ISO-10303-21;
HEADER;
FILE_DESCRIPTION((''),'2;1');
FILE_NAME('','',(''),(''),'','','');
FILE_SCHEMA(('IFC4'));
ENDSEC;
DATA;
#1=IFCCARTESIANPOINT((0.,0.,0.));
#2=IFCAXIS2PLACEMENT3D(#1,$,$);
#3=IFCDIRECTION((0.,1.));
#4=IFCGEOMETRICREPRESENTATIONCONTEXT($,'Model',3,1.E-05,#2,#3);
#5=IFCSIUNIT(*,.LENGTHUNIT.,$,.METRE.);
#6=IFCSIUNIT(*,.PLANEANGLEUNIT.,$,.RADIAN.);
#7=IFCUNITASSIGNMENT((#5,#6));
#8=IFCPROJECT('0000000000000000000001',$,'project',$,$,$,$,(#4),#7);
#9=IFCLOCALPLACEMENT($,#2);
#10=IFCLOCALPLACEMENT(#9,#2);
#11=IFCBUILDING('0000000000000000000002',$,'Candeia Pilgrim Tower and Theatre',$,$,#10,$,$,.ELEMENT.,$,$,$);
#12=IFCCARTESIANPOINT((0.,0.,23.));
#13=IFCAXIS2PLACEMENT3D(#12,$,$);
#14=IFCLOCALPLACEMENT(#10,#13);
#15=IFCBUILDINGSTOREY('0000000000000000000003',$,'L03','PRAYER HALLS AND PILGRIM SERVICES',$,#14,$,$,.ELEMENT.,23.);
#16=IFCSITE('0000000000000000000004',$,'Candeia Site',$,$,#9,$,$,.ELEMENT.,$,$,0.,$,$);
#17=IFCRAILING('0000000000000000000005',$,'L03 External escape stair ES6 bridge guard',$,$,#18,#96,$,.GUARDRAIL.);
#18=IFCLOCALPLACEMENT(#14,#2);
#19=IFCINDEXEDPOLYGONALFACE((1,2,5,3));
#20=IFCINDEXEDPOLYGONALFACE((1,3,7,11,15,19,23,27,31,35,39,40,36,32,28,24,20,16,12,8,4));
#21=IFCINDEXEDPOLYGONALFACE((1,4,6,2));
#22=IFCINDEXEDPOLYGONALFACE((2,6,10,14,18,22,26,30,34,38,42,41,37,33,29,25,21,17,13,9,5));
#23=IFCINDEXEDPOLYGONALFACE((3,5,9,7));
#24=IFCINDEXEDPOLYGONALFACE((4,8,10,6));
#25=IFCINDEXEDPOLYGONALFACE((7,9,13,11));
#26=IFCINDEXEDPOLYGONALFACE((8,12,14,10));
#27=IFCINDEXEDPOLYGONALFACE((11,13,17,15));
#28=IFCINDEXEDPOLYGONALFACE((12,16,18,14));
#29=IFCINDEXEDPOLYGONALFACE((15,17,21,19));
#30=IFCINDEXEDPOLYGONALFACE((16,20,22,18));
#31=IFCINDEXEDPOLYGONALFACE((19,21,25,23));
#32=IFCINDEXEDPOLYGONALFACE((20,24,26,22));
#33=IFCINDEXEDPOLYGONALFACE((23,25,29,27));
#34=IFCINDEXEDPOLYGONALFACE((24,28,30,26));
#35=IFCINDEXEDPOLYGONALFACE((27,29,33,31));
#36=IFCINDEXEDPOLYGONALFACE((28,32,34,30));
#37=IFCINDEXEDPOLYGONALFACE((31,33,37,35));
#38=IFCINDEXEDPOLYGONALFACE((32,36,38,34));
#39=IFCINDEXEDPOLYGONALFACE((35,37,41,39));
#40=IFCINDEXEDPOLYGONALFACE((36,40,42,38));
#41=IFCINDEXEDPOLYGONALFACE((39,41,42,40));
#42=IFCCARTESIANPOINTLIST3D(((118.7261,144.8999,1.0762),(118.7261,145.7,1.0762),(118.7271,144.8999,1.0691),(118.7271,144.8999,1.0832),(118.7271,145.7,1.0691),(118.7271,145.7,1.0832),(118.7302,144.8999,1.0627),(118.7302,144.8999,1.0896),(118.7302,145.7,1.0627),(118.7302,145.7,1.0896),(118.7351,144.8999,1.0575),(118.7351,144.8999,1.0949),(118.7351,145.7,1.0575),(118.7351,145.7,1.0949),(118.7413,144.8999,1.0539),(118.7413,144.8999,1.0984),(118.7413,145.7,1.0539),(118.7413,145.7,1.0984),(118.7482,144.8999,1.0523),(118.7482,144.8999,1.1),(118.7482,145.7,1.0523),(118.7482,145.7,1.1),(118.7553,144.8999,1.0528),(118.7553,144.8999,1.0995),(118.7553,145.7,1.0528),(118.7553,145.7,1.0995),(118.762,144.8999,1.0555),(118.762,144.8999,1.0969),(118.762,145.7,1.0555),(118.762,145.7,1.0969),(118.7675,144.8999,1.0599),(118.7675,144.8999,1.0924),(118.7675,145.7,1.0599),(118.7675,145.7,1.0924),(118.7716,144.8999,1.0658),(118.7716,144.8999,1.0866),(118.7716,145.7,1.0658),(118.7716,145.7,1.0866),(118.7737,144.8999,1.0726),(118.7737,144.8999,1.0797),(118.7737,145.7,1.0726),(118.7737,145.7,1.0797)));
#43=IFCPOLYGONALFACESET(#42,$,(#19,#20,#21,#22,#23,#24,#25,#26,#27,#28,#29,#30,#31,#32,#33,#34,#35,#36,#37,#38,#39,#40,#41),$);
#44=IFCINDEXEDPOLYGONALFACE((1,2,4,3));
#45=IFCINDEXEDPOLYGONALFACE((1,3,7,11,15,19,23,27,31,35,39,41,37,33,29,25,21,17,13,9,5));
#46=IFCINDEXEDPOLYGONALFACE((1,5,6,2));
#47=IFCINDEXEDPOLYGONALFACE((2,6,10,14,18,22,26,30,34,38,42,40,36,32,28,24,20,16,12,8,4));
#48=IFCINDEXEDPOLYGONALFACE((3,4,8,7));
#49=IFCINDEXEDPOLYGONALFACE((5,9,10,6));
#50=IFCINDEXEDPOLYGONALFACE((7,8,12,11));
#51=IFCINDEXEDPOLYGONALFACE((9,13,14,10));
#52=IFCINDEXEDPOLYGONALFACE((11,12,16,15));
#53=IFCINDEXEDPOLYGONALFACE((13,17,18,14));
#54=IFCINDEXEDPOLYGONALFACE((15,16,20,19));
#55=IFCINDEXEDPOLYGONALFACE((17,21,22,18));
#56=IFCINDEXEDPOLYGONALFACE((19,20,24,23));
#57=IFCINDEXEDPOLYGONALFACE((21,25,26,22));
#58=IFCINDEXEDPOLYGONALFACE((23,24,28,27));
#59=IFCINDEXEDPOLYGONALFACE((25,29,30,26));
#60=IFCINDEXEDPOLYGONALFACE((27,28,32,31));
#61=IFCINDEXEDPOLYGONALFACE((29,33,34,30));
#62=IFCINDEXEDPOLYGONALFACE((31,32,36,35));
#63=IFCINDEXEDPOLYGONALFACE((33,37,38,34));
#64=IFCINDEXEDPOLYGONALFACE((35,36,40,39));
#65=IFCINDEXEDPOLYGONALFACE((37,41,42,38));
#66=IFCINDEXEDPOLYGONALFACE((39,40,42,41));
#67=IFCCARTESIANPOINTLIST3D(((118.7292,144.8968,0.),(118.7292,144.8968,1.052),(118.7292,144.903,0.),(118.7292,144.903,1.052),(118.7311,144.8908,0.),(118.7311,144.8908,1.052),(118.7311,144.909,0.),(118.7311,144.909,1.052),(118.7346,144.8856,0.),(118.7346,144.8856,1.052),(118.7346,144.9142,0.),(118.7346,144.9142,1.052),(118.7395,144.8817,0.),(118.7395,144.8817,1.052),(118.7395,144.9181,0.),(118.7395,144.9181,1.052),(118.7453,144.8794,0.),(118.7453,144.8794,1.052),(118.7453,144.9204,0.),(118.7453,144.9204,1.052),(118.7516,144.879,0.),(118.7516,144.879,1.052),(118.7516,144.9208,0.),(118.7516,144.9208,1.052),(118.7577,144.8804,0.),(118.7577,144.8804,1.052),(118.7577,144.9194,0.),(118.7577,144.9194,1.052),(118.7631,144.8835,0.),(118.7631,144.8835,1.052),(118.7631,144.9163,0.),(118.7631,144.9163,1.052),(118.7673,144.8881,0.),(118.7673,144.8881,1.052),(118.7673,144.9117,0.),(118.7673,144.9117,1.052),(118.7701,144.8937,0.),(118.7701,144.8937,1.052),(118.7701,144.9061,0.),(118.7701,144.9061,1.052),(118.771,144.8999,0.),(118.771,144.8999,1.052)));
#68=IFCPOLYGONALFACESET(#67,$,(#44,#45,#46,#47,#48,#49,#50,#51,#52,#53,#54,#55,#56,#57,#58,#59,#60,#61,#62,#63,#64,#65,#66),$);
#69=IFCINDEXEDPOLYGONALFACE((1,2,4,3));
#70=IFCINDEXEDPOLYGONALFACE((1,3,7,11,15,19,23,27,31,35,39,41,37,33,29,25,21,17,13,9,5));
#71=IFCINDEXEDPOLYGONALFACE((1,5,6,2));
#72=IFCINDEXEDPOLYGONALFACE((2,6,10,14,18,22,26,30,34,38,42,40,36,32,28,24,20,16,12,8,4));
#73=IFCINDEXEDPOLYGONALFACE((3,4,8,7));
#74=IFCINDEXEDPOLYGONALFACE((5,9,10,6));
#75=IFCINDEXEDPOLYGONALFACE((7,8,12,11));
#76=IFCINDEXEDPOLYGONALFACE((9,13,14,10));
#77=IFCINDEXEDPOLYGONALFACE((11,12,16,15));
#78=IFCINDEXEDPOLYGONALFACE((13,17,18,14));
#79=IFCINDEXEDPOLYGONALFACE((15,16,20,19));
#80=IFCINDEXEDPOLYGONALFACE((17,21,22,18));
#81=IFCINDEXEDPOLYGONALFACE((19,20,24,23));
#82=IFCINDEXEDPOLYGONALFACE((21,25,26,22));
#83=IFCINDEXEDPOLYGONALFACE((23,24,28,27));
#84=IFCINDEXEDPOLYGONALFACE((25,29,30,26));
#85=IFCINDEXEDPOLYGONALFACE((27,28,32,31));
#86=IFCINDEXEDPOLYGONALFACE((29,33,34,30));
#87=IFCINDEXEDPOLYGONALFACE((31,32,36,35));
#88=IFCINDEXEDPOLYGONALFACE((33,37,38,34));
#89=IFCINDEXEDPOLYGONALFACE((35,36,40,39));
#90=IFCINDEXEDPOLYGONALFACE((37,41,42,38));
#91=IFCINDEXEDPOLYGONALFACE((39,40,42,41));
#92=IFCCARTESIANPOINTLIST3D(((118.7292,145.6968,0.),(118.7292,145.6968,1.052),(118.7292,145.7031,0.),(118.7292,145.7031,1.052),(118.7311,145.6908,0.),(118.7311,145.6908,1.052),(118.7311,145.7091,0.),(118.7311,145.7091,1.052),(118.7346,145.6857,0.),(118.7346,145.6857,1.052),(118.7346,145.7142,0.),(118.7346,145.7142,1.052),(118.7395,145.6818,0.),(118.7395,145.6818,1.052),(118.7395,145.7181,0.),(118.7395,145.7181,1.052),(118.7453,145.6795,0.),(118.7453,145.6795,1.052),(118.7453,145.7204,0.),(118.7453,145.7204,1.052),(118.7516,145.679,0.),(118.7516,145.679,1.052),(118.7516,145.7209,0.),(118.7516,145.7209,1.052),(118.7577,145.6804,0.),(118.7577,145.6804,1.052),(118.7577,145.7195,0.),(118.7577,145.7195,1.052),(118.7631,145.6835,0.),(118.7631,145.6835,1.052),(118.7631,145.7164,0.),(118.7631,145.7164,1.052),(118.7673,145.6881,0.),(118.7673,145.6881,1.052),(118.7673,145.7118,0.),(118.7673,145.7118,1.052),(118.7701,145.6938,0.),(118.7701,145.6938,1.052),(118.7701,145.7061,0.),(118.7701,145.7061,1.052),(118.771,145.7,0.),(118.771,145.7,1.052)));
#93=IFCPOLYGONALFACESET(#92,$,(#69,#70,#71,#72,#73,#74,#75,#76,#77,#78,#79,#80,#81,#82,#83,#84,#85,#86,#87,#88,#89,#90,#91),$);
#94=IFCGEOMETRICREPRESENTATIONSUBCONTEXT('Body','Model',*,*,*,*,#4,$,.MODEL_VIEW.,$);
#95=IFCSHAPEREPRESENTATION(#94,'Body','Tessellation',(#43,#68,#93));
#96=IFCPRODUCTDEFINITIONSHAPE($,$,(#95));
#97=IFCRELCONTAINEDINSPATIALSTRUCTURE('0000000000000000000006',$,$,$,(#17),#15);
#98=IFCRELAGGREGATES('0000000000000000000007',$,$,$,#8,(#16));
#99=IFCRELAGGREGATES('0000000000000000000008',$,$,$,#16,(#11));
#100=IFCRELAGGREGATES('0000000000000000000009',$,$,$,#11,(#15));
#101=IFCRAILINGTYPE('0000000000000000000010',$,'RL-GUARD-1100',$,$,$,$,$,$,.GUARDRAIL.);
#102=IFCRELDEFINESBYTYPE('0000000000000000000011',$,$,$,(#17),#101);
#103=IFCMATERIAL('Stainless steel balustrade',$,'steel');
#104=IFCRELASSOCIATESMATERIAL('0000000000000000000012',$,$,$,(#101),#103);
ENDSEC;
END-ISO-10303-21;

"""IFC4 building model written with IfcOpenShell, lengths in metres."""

from ifc_helpers import new_model, si_unit, direction, frame, origin, origin_2d, place, context, subcontext, project, spatial, circle, extrude, material, type_object, element, save


model = new_model("IFC4")

# Units and contexts
model_context = context("Model", 3, precision=1e-05, world=origin(), true_north=direction((0.0, 1.0)))
body_context = subcontext(model_context, "Body", "Model", "MODEL_VIEW")
ifc_project = project(units=[si_unit("LENGTHUNIT", "METRE"), si_unit("PLANEANGLEUNIT", "RADIAN")], contexts=[model_context])

# Site, building, storey
site_placement = place(None, origin())
site = spatial("IfcSite", under=ifc_project, at=site_placement, Name="Candeia Site", CompositionType="ELEMENT", RefElevation=0.0)
building_placement = place(site_placement, origin())
building = spatial("IfcBuilding", under=site, at=building_placement, Name="Candeia Pilgrim Tower and Theatre", CompositionType="ELEMENT")
storey_placement = place(building_placement, frame((0.0, 0.0, 23.0)))
storey = spatial("IfcBuildingStorey", under=building, at=storey_placement, Name="L03", Description="PRAYER HALLS AND PILGRIM SERVICES", CompositionType="ELEMENT", Elevation=23.0)

# Railing
ifc_material_1 = material(Name="Stainless steel balustrade", Category="steel")
railing_type_1 = type_object("IfcRailingType", Name="RL-GUARD-1100", PredefinedType="GUARDRAIL", material=ifc_material_1)
railing_1_placement = place(storey_placement, frame((118.75, 144.8999, 0.0)))
element("IfcRailing", 1, at=railing_1_placement, inside=storey, type_object=railing_type_1, Name="L03 External escape stair ES6 bridge guard", PredefinedType="GUARDRAIL", context=body_context, shape_type="SweptSolid", body=[
    extrude(circle(Radius=0.0239, at=origin_2d()), frame((0.0, 0.0, 1.0762), z_axis=(0.0, 1.0, 0.0), x_axis=(-1.0, 0.0, 0.0)), (0.0, 0.0, 1.0), 0.8),
    extrude(circle(Radius=0.021, at=origin_2d()), origin(), (0.0, 0.0, 1.0), 1.052),
    extrude(circle(Radius=0.021, at=origin_2d()), frame((0.0, 0.8, 0.0)), (0.0, 0.0, 1.0), 1.052),
])

save(model, "model.ifc")
